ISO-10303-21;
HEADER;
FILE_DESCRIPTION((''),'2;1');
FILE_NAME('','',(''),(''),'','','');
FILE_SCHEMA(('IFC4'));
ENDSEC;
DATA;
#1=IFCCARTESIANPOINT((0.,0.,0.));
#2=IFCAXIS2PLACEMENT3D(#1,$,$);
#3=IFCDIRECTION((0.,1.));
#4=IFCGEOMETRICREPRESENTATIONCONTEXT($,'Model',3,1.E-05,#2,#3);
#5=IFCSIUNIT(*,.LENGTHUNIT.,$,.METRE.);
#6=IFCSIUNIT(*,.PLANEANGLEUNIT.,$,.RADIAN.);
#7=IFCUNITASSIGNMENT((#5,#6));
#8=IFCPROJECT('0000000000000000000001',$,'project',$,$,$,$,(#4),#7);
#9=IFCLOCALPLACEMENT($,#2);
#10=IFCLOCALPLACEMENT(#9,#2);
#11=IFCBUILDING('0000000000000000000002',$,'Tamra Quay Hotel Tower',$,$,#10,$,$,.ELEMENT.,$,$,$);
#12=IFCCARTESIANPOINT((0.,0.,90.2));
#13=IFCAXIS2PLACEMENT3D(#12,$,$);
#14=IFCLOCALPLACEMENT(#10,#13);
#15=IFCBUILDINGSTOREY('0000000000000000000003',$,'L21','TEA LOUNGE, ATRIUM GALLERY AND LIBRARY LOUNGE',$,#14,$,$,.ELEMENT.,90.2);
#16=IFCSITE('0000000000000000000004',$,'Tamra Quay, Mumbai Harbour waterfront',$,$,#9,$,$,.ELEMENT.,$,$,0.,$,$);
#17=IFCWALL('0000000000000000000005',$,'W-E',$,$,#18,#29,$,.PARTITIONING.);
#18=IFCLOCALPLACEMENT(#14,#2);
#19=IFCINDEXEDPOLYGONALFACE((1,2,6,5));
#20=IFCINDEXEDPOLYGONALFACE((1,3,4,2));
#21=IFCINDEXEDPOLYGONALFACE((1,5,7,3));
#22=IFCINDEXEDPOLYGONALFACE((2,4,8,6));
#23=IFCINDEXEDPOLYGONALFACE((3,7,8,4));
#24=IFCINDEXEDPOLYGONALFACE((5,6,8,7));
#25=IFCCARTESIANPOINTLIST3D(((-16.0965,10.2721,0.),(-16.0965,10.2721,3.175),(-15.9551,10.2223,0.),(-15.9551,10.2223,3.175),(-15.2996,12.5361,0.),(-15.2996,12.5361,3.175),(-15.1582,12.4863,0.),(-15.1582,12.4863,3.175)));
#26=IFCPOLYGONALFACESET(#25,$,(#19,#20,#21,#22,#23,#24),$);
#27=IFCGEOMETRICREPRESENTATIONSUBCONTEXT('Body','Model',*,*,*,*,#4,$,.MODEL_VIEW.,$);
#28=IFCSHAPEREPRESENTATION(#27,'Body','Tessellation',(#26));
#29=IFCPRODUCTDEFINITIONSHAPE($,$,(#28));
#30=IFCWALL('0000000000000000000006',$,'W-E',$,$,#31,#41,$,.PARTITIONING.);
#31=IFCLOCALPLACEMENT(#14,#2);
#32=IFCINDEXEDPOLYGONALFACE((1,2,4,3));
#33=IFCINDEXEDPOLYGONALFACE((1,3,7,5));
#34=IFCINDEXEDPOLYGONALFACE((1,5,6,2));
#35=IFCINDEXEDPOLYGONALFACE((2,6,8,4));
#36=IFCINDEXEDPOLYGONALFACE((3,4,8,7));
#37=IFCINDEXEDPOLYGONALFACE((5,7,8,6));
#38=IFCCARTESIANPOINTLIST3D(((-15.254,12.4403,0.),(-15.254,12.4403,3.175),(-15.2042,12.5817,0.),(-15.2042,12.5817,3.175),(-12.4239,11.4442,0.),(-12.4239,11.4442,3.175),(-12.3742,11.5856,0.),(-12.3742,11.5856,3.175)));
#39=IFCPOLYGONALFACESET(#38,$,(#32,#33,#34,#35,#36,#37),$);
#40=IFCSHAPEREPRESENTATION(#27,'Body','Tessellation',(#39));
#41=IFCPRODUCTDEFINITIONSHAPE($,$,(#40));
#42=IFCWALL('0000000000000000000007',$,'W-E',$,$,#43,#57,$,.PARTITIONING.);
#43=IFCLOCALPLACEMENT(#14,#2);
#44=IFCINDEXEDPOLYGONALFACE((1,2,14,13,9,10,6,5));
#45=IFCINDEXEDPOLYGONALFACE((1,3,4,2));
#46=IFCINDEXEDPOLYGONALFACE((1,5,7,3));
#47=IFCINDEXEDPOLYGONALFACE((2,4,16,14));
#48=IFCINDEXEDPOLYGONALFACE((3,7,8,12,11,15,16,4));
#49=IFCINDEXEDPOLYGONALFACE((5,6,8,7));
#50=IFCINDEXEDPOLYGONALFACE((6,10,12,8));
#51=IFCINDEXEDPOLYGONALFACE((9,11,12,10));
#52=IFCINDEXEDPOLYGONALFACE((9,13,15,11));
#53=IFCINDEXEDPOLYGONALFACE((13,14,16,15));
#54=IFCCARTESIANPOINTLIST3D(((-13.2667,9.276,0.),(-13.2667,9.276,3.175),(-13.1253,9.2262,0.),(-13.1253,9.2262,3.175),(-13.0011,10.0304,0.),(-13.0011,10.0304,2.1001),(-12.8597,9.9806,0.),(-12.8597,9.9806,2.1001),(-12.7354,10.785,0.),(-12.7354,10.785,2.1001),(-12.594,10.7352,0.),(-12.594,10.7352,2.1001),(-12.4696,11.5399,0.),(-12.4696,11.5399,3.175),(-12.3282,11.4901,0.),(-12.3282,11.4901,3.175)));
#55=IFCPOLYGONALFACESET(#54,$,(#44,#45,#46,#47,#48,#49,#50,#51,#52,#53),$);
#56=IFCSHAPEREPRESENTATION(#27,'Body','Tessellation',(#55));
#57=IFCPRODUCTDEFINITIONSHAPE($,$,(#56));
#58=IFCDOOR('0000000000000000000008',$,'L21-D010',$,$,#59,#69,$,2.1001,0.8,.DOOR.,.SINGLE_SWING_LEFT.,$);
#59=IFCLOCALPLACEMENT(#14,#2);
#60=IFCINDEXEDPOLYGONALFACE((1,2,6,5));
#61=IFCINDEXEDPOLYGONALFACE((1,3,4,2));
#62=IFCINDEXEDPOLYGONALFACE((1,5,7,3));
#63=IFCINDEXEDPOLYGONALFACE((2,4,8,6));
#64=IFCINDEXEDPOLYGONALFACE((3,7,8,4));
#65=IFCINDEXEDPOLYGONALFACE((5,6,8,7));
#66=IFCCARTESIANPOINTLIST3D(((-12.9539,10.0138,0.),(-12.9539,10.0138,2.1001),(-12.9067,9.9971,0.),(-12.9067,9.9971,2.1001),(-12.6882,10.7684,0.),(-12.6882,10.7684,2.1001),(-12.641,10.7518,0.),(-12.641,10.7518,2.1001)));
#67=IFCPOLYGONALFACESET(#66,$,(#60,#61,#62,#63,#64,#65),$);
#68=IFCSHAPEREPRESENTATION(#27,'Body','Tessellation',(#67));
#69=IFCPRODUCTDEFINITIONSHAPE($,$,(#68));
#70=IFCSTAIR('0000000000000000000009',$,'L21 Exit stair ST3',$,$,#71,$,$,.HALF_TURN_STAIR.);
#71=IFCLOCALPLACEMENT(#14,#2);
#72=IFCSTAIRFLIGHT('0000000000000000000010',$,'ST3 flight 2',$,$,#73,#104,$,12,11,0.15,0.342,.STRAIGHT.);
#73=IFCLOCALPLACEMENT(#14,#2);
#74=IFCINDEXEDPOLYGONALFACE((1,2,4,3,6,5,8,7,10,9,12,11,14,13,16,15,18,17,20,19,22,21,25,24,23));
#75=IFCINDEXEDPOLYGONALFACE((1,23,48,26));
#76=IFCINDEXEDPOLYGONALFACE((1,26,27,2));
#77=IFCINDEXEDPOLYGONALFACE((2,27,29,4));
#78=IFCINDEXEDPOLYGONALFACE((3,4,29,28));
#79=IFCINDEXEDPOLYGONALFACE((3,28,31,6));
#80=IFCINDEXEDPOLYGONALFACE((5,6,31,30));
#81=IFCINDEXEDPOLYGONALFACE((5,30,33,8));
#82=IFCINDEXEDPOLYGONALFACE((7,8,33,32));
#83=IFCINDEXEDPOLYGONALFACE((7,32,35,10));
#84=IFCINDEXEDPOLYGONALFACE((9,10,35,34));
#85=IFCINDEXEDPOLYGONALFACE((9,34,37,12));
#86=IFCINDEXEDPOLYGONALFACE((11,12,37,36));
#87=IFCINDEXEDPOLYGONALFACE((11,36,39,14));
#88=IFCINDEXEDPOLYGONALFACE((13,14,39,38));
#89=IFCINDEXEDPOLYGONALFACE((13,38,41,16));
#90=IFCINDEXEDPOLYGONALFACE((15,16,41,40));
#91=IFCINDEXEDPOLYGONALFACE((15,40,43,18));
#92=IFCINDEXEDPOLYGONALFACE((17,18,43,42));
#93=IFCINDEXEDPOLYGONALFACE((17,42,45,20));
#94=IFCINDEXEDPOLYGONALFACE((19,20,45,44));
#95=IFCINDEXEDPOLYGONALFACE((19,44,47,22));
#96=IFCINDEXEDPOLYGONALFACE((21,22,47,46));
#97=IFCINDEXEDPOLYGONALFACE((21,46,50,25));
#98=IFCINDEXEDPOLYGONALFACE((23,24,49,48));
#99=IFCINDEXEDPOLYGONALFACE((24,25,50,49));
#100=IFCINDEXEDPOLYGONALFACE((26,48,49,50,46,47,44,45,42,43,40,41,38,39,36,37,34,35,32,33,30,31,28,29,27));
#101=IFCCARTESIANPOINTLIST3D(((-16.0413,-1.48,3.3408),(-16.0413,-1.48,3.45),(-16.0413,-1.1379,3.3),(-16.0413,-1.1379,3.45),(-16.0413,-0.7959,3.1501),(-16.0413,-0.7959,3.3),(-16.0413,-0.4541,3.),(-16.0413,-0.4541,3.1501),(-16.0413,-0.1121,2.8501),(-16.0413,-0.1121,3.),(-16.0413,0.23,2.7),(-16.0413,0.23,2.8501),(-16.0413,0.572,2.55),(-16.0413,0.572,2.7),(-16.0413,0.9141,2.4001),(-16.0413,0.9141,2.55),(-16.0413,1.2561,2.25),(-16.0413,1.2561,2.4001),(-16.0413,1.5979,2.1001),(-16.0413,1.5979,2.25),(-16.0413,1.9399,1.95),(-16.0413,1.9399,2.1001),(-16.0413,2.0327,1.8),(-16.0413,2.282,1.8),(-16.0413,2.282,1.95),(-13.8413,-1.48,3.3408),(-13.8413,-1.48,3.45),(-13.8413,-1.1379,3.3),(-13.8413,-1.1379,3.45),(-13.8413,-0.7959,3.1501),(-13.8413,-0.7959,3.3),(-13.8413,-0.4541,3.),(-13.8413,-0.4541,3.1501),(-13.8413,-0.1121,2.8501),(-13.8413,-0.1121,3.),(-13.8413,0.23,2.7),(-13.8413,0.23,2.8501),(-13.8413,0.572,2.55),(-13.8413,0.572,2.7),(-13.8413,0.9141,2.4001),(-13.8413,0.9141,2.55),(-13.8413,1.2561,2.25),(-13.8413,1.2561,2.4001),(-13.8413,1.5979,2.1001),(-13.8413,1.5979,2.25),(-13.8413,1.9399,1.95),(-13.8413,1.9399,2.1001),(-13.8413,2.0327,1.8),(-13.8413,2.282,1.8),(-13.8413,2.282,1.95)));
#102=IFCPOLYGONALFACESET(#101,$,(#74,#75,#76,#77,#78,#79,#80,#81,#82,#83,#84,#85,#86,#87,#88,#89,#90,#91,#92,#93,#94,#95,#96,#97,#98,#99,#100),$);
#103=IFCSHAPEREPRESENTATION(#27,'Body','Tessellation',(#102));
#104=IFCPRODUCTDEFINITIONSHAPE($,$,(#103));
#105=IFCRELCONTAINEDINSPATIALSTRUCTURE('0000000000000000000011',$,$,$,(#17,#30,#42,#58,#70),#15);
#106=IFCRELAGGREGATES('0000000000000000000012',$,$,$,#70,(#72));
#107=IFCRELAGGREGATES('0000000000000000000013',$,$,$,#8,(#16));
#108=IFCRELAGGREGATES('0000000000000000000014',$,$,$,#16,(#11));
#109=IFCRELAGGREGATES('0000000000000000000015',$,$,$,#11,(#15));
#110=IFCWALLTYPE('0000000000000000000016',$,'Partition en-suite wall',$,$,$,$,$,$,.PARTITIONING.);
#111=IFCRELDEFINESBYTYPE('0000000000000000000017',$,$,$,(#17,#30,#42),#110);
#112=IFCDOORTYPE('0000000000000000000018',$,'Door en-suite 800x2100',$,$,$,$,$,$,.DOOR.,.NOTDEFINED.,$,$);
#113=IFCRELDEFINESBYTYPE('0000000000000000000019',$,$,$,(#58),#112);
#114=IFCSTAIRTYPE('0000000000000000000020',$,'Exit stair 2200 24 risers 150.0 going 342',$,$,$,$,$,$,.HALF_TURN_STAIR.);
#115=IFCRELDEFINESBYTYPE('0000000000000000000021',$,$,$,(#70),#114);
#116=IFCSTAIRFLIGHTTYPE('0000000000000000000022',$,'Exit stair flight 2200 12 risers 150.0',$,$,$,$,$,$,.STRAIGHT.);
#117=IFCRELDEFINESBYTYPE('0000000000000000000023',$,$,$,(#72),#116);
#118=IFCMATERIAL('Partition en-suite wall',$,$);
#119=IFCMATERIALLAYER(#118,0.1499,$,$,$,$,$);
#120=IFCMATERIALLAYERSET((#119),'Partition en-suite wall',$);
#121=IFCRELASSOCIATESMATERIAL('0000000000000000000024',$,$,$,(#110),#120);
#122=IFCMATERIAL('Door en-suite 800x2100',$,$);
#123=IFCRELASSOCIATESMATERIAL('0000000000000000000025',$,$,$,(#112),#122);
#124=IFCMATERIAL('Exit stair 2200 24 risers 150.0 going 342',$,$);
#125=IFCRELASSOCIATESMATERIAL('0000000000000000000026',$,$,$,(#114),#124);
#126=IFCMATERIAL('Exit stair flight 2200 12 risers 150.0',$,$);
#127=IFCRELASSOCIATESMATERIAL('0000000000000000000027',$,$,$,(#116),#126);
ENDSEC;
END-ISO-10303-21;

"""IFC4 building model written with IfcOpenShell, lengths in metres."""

from ifc_helpers import new_model, si_unit, direction, frame, frame_2d, origin, place, context, subcontext, project, spatial, polyline, rectangle, outline, extrude, material, layer, layer_set, type_object, element, fill, aggregate, save


model = new_model("IFC4")

# Units and contexts
model_context = context("Model", 3, precision=1e-05, world=origin(), true_north=direction((0.0, 1.0)))
body_context = subcontext(model_context, "Body", "Model", "MODEL_VIEW")
ifc_project = project(units=[si_unit("LENGTHUNIT", "METRE"), si_unit("PLANEANGLEUNIT", "RADIAN")], contexts=[model_context])

# Site, building, storey
site_placement = place(None, origin())
site = spatial("IfcSite", under=ifc_project, at=site_placement, Name="Tamra Quay, Mumbai Harbour waterfront", CompositionType="ELEMENT", RefElevation=0.0)
building_placement = place(site_placement, origin())
building = spatial("IfcBuilding", under=site, at=building_placement, Name="Tamra Quay Hotel Tower", CompositionType="ELEMENT")
storey_placement = place(building_placement, frame((0.0, 0.0, 90.2)))
storey = spatial("IfcBuildingStorey", under=building, at=storey_placement, Name="L21", Description="TEA LOUNGE, ATRIUM GALLERY AND LIBRARY LOUNGE", CompositionType="ELEMENT", Elevation=90.2)

# Walls
ifc_material_1 = material(Name="Partition en-suite wall")
ifc_layer_1 = layer(ifc_material_1, 0.1499)
ifc_layer_set_1 = layer_set([ifc_layer_1], Name="Partition en-suite wall")
wall_type_1 = type_object("IfcWallType", Name="Partition en-suite wall", PredefinedType="PARTITIONING", material=ifc_layer_set_1)
wall_1_placement = place(storey_placement, frame((-16.0259, 10.2471, 0.0), z_axis=(0.0, 0.0, 1.0), x_axis=(0.332022, 0.943272, 0.0)))
element("IfcWall", 1, at=wall_1_placement, inside=storey, type_object=wall_type_1, Name="W-E", PredefinedType="PARTITIONING", context=body_context, shape_type="SweptSolid", body=[
    extrude(rectangle(XDim=2.4001, YDim=0.1499, at=frame_2d((1.2002, 0.0))), origin(), (0.0, 0.0, 1.0), 3.175),
])
wall_2_placement = place(storey_placement, frame((-15.229, 12.511, 0.0), z_axis=(0.0, 0.0, 1.0), x_axis=(0.943278, -0.332003, 0.0)))
element("IfcWall", 2, at=wall_2_placement, inside=storey, type_object=wall_type_1, Name="W-E", PredefinedType="PARTITIONING", context=body_context, shape_type="SweptSolid", body=[
    extrude(rectangle(XDim=3.0002, YDim=0.1499, at=frame_2d((1.5, 0.0))), origin(), (0.0, 0.0, 1.0), 3.175),
])

# Wall, opening, door
wall_3_placement = place(storey_placement, frame((-13.196, 9.251, 0.0), z_axis=(0.0, 0.0, 1.0), x_axis=(0.332112, 0.94324, 0.0)))
wall_3 = element("IfcWall", 3, at=wall_3_placement, inside=storey, type_object=wall_type_1, Name="W-E", PredefinedType="PARTITIONING", context=body_context, shape_type="SweptSolid", body=[
    extrude(rectangle(XDim=2.4001, YDim=0.1499, at=frame_2d((1.2002, 0.0))), origin(), (0.0, 0.0, 1.0), 3.175),
])
opening_1_placement = place(wall_3_placement, frame((0.8, 0.0, 0.0)))
opening_1 = element("IfcOpeningElement", 4, at=opening_1_placement, cuts=wall_3, PredefinedType="OPENING", context=body_context, shape_type="SweptSolid", body=[
    extrude(rectangle(XDim=0.8, YDim=2.1001, at=frame_2d((0.3999, 1.05))), frame((0.0, 0.085, 0.0), z_axis=(0.0, -1.0, 0.0), x_axis=(1.0, 0.0, 0.0)), (0.0, 0.0, 1.0), 0.1699),
])
ifc_material_2 = material(Name="Door en-suite 800x2100")
door_type_1 = type_object("IfcDoorType", Name="Door en-suite 800x2100", OperationType="NOTDEFINED", PredefinedType="DOOR", material=ifc_material_2)
door_1_placement = place(opening_1_placement, origin())
door_1 = element("IfcDoor", 5, at=door_1_placement, inside=storey, type_object=door_type_1, Name="L21-D010", OperationType="SINGLE_SWING_LEFT", OverallHeight=2.1001, OverallWidth=0.8, PredefinedType="DOOR", context=body_context, shape_type="SweptSolid", body=[
    extrude(rectangle(XDim=0.8, YDim=2.1001, at=frame_2d((0.3999, 1.05))), frame((0.0, 0.0249, 0.0), z_axis=(0.0, -1.0, 0.0), x_axis=(1.0, 0.0, 0.0)), (0.0, 0.0, 1.0), 0.05),
])
fill(opening_1, door_1)

# Stair, stair flight
ifc_material_3 = material(Name="Exit stair 2200 24 risers 150.0 going 342")
stair_type = type_object("IfcStairType", Name="Exit stair 2200 24 risers 150.0 going 342", PredefinedType="HALF_TURN_STAIR", material=ifc_material_3)
stair_placement = place(storey_placement, origin())
stair = element("IfcStair", 6, at=stair_placement, inside=storey, type_object=stair_type, Name="L21 Exit stair ST3", PredefinedType="HALF_TURN_STAIR")
ifc_material_4 = material(Name="Exit stair flight 2200 12 risers 150.0")
stair_flight_type = type_object("IfcStairFlightType", Name="Exit stair flight 2200 12 risers 150.0", PredefinedType="STRAIGHT", material=ifc_material_4)
stair_flight_placement = place(storey_placement, frame((-14.9414, 2.282, 1.8), z_axis=(0.0, 0.0, 1.0), x_axis=(0.0, -1.0, 0.0)))
stair_flight = element("IfcStairFlight", 7, at=stair_flight_placement, type_object=stair_flight_type, Name="ST3 flight 2", NumberOfRisers=12, NumberOfTreads=11, PredefinedType="STRAIGHT", RiserHeight=0.15, TreadLength=0.342, context=body_context, shape_type="SweptSolid", body=[
    extrude(outline(polyline([(0.0, 0.0), (0.0, 0.1499), (0.342, 0.1499), (0.342, 0.3), (0.6841, 0.3), (0.6841, 0.45), (1.0259, 0.45), (1.0259, 0.6001), (1.3679, 0.6001), (1.3679, 0.75), (1.71, 0.75), (1.71, 0.8999), (2.052, 0.8999), (2.052, 1.05), (2.394, 1.05), (2.394, 1.2), (2.7361, 1.2), (2.7361, 1.3501), (3.0779, 1.3501), (3.0779, 1.5), (3.4199, 1.5), (3.4199, 1.6499), (3.762, 1.6499), (3.762, 1.8), (3.762, 1.5408), (0.2493, 0.0), (0.0, 0.0)])), frame((0.0, 1.1001, 0.0), z_axis=(0.0, -1.0, 0.0), x_axis=(1.0, 0.0, 0.0)), (0.0, 0.0, 1.0), 2.2),
])
aggregate(stair, [stair_flight])

save(model, "model.ifc")
